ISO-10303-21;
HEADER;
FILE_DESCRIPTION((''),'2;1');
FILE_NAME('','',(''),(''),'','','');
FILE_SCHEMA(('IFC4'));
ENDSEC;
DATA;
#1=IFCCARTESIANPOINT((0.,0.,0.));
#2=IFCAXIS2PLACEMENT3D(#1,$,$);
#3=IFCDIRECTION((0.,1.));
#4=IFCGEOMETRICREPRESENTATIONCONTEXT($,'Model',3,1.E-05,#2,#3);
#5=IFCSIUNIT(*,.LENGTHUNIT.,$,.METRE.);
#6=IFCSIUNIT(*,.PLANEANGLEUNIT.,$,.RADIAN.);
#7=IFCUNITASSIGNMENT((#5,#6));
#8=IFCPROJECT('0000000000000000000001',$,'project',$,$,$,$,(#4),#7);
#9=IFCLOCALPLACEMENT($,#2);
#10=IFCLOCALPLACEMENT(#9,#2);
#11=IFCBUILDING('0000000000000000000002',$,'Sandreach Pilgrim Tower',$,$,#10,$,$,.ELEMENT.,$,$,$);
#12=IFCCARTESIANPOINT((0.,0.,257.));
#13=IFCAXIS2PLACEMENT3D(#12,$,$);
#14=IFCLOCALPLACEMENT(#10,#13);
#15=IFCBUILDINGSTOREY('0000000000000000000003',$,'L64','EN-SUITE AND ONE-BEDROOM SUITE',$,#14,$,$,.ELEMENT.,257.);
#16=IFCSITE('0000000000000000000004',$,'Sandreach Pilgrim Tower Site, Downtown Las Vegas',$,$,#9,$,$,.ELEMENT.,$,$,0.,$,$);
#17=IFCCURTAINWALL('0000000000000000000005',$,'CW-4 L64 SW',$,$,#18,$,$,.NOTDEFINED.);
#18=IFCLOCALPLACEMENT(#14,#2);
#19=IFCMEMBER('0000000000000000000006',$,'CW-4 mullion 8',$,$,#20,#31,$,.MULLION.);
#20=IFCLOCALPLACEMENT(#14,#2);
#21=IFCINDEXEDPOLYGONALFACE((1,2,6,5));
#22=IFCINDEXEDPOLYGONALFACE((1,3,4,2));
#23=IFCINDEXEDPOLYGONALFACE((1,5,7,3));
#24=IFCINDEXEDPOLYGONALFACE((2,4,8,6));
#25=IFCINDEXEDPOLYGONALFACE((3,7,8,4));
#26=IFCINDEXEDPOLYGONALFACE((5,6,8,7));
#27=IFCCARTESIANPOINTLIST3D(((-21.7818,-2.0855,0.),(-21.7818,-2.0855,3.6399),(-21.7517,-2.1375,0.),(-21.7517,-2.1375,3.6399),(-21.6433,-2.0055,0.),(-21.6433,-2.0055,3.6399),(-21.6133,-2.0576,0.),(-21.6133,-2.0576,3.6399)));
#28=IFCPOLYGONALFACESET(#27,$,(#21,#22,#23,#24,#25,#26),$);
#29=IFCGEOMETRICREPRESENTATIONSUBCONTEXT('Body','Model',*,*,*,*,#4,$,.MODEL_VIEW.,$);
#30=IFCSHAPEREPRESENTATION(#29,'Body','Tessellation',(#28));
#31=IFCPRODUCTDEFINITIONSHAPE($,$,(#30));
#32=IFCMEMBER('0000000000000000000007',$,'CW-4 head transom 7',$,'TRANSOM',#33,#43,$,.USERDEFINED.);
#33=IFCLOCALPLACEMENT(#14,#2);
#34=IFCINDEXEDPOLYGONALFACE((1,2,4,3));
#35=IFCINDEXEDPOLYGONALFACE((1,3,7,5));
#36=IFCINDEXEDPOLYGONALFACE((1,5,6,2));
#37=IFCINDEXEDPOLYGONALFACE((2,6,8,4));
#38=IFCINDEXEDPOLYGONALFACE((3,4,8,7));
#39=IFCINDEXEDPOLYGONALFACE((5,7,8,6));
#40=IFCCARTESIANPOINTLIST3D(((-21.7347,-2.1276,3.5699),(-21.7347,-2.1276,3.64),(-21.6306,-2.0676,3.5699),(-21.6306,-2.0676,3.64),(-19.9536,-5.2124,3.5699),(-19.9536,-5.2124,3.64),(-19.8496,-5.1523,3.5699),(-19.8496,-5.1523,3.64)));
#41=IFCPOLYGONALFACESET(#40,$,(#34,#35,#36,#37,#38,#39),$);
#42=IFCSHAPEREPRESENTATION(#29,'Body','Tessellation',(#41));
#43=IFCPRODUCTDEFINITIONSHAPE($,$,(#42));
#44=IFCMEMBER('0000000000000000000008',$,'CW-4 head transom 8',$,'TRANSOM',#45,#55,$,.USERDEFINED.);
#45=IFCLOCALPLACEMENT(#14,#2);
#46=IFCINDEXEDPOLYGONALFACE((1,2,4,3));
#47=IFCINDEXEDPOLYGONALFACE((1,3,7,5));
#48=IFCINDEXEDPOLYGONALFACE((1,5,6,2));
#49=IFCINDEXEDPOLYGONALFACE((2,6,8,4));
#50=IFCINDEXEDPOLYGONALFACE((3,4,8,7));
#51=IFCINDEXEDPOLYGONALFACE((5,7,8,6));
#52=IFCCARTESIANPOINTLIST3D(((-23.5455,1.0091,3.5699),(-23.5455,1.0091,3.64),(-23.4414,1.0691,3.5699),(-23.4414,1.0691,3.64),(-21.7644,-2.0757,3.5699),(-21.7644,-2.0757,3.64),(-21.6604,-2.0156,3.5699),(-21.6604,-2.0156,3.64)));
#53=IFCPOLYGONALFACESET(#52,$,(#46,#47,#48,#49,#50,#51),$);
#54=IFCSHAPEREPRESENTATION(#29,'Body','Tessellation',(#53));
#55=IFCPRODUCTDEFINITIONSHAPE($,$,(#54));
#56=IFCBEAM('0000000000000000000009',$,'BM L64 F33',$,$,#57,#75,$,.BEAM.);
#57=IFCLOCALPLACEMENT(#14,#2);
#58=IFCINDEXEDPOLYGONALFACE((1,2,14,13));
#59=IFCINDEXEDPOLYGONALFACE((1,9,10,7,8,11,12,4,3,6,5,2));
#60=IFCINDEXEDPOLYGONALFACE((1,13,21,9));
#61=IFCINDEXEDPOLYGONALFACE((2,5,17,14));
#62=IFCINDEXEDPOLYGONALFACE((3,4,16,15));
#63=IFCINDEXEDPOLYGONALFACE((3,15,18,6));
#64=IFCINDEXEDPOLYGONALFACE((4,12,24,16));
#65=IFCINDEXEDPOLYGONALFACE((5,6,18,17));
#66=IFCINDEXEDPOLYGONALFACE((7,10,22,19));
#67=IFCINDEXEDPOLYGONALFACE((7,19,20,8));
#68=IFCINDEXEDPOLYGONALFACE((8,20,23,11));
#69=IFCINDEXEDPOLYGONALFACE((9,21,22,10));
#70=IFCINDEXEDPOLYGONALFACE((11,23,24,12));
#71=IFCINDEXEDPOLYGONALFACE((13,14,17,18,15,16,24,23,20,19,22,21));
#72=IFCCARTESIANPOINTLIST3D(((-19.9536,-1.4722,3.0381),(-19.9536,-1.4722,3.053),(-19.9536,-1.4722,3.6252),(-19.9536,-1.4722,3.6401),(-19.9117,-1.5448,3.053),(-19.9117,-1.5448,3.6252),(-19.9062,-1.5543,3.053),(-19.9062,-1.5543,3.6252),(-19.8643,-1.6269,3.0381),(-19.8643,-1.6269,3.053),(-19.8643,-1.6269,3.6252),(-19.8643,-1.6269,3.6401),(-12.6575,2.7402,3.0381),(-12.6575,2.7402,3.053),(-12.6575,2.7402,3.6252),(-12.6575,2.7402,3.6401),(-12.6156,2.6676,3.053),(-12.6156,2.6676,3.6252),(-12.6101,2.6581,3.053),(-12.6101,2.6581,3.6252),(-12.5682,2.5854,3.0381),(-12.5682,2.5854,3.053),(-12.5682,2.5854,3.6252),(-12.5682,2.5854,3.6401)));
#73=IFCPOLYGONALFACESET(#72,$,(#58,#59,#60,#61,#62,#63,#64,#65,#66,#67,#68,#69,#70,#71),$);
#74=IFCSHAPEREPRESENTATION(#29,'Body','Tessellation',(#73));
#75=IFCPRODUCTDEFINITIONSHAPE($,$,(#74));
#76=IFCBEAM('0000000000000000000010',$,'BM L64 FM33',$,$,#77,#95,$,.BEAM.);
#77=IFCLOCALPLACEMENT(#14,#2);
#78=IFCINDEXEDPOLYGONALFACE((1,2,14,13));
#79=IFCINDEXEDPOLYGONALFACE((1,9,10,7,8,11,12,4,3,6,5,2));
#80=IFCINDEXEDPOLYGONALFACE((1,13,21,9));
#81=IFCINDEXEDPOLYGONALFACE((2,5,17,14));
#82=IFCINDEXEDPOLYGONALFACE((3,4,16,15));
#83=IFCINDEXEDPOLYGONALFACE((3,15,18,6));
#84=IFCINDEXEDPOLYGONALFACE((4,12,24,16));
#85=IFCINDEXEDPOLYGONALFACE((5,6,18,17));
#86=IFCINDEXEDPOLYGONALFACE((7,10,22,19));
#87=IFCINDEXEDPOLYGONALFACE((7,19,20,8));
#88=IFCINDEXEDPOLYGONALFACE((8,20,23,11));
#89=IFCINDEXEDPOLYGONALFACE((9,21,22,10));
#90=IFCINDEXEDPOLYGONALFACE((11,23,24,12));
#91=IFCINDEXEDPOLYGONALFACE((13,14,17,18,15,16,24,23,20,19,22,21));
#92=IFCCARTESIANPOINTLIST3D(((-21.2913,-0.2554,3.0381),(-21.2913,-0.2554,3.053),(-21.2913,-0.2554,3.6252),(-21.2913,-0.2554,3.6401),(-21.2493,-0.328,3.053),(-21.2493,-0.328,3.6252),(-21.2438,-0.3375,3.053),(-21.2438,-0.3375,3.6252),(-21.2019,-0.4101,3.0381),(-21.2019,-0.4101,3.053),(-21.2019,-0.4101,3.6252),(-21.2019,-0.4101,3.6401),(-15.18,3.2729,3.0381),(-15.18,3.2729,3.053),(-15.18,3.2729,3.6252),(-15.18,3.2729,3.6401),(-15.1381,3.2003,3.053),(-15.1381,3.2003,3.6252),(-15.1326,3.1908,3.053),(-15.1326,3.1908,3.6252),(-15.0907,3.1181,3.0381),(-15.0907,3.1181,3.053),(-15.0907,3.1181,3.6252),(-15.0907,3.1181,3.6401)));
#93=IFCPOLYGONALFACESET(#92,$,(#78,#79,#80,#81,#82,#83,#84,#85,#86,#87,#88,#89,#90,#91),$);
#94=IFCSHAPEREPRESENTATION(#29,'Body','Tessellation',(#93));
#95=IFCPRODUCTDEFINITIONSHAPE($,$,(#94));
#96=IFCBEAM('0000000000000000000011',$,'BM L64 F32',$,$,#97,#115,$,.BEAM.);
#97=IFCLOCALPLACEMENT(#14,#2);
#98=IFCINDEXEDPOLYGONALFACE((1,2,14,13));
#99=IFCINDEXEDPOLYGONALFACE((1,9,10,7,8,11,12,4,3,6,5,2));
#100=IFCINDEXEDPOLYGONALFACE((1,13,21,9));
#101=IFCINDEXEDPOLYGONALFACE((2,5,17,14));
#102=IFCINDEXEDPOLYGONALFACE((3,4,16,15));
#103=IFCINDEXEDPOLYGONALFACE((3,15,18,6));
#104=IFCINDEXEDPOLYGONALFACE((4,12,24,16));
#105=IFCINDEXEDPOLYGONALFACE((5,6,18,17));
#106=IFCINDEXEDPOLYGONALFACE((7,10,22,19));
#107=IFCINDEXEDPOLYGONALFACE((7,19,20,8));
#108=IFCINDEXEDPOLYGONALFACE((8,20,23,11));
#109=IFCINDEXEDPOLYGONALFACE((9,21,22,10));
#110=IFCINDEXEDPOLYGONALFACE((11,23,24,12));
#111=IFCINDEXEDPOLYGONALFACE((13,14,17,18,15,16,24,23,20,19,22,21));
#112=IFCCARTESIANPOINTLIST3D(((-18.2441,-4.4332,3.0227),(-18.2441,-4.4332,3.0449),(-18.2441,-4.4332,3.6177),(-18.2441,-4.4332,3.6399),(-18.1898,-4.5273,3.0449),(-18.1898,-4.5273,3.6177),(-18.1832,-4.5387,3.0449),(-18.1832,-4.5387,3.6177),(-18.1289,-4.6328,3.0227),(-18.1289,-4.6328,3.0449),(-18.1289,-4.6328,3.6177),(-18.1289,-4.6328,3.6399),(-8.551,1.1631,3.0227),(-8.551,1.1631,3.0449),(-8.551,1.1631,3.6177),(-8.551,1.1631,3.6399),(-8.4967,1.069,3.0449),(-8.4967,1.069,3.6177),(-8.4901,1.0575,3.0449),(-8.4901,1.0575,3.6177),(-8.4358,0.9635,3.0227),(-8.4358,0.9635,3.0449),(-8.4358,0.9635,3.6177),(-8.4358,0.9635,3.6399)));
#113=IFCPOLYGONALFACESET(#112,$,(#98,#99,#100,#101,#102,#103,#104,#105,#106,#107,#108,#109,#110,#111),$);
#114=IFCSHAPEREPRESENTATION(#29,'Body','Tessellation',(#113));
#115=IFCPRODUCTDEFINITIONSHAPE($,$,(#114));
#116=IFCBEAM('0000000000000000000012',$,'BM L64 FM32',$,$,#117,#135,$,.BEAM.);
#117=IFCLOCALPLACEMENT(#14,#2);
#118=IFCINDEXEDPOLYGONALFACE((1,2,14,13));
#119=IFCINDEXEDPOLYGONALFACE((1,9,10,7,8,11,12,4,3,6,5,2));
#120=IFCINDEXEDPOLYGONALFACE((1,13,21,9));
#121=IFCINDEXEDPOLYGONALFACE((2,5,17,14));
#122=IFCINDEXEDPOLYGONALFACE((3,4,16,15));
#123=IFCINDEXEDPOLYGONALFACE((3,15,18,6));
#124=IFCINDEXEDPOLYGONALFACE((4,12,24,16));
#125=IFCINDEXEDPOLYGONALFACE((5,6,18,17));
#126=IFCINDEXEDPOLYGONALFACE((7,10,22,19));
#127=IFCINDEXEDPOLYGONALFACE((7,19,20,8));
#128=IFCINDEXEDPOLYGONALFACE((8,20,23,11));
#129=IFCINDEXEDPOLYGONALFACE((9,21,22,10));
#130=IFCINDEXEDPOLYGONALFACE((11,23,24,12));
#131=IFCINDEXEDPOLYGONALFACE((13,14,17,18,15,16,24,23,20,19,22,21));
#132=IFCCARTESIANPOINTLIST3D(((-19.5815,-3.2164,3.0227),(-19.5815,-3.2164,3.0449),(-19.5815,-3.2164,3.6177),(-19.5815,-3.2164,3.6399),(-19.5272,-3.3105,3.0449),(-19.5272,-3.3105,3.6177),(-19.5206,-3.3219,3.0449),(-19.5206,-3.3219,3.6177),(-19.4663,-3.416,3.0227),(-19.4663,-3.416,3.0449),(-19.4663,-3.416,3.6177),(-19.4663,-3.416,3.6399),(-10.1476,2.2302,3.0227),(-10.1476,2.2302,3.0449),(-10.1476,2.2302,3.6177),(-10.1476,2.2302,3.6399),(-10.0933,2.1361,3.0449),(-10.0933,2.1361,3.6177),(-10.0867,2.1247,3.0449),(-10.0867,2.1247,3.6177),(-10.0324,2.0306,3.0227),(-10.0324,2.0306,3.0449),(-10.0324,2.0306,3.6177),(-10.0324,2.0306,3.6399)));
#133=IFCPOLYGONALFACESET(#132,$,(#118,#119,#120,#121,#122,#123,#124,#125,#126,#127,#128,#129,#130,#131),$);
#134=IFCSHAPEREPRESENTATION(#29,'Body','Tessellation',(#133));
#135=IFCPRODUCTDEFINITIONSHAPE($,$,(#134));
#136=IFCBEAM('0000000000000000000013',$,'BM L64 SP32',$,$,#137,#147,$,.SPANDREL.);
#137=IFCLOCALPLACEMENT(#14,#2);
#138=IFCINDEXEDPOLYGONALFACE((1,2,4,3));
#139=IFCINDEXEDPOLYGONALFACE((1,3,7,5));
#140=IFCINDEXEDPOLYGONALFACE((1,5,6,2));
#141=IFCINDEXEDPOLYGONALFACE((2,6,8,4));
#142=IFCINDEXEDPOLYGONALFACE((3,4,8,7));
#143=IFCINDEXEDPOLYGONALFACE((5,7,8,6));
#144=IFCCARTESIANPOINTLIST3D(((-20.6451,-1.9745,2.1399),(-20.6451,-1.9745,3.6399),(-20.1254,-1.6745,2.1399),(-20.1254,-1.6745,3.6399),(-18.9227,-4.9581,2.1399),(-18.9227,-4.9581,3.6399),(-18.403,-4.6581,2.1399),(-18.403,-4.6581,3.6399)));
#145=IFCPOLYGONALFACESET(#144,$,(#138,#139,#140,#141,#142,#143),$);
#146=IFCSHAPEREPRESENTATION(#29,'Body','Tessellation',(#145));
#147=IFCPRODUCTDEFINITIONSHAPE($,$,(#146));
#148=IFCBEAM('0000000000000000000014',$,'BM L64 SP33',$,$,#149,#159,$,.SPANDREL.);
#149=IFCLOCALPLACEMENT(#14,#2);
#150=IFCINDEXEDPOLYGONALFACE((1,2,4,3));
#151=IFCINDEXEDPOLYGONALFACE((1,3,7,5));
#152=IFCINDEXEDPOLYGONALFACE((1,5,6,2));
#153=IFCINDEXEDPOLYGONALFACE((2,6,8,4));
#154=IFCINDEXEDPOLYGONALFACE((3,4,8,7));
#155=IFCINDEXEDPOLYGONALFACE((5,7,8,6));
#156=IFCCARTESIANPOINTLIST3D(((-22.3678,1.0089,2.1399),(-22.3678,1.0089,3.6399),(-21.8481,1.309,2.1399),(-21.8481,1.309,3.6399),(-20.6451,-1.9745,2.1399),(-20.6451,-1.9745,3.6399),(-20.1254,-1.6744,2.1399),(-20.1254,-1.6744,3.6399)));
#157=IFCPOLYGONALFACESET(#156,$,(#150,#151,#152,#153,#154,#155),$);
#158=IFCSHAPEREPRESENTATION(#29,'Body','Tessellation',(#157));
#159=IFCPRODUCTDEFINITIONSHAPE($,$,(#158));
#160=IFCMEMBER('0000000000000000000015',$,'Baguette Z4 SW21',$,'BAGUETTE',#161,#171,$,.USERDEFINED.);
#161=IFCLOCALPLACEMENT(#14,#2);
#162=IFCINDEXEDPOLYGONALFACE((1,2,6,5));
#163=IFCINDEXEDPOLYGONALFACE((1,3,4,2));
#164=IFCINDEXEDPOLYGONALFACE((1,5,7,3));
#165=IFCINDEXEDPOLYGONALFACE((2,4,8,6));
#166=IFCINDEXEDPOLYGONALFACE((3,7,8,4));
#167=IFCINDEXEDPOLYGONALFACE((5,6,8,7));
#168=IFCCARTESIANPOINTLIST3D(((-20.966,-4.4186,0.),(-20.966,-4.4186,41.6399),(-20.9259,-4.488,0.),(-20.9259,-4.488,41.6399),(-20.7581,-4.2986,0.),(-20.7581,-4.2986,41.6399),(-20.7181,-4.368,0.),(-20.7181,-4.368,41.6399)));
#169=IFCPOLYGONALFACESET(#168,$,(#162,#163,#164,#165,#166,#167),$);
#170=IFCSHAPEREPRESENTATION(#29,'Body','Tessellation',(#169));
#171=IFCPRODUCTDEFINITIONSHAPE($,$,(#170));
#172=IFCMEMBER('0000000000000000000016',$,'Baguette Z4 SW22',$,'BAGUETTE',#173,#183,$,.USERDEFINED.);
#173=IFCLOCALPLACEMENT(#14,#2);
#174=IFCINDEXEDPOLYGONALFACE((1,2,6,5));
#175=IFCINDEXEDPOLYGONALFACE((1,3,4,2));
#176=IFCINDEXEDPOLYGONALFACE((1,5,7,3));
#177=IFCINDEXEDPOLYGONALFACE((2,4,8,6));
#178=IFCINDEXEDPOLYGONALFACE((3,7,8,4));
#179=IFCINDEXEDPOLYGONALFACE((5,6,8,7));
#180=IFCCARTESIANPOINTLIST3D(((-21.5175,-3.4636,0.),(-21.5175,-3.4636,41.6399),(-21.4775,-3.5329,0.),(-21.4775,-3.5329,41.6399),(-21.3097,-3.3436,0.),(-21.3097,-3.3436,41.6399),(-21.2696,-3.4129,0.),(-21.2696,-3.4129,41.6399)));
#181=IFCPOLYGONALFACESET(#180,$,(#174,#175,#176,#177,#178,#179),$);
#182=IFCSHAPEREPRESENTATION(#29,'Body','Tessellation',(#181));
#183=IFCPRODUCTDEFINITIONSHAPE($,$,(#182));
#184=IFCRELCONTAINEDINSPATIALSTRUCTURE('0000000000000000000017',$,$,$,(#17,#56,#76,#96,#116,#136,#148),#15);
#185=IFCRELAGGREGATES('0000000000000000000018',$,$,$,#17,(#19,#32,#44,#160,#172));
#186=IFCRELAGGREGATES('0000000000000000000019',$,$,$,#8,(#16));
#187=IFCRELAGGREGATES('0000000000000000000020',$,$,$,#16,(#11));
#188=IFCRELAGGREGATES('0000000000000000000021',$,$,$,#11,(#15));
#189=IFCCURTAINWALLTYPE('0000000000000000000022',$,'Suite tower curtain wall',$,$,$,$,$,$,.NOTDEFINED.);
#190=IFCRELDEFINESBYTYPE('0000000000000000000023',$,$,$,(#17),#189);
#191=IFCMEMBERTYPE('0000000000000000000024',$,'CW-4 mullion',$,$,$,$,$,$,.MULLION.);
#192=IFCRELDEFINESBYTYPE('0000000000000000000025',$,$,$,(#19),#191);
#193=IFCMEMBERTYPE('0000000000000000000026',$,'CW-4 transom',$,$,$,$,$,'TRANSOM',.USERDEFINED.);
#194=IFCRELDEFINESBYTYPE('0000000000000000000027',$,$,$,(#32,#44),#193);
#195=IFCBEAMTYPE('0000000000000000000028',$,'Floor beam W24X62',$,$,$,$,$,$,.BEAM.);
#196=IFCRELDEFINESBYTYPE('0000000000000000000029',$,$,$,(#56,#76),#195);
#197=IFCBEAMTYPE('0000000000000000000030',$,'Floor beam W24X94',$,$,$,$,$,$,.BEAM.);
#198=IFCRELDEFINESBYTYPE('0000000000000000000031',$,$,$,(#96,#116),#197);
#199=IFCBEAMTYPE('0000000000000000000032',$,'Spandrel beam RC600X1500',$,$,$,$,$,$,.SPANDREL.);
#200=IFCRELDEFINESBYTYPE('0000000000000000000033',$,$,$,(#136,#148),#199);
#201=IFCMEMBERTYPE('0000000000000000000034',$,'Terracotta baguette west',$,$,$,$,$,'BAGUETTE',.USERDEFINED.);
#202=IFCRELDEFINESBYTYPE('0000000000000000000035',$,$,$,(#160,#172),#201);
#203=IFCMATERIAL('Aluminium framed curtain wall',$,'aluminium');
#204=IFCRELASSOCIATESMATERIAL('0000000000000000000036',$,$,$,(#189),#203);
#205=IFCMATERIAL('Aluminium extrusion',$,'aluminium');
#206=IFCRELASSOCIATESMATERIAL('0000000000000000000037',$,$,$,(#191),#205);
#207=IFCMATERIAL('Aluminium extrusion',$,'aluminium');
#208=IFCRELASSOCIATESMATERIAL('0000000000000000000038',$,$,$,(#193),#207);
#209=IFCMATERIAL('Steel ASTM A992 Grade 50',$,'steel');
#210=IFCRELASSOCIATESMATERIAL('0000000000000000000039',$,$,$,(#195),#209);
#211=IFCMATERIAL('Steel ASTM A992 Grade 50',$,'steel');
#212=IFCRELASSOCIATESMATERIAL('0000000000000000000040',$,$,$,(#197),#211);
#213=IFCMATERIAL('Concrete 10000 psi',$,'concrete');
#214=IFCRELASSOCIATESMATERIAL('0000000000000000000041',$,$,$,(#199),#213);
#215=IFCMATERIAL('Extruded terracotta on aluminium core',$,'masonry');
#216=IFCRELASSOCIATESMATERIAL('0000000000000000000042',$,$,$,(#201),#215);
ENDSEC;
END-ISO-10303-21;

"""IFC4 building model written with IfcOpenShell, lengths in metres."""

from ifc_helpers import new_model, si_unit, direction, frame, origin, origin_2d, place, context, subcontext, project, spatial, rectangle, i_section, extrude, material, material_profile, profile_set, type_object, element, aggregate, save


model = new_model("IFC4")

# Units and contexts
model_context = context("Model", 3, precision=1e-05, world=origin(), true_north=direction((0.0, 1.0)))
body_context = subcontext(model_context, "Body", "Model", "MODEL_VIEW")
ifc_project = project(units=[si_unit("LENGTHUNIT", "METRE"), si_unit("PLANEANGLEUNIT", "RADIAN")], contexts=[model_context])

# Site, building, storey
site_placement = place(None, origin())
site = spatial("IfcSite", under=ifc_project, at=site_placement, Name="Sandreach Pilgrim Tower Site, Downtown Las Vegas", CompositionType="ELEMENT", RefElevation=0.0)
building_placement = place(site_placement, origin())
building = spatial("IfcBuilding", under=site, at=building_placement, Name="Sandreach Pilgrim Tower", CompositionType="ELEMENT")
storey_placement = place(building_placement, frame((0.0, 0.0, 257.0)))
storey = spatial("IfcBuildingStorey", under=building, at=storey_placement, Name="L64", Description="EN-SUITE AND ONE-BEDROOM SUITE", CompositionType="ELEMENT", Elevation=257.0)

# Curtain wall, members
ifc_material_1 = material(Name="Aluminium framed curtain wall", Category="aluminium")
curtain_wall_type = type_object("IfcCurtainWallType", Name="Suite tower curtain wall", PredefinedType="NOTDEFINED", material=ifc_material_1)
curtain_wall_placement = place(storey_placement, origin())
curtain_wall = element("IfcCurtainWall", 1, at=curtain_wall_placement, inside=storey, type_object=curtain_wall_type, Name="CW-4 L64 SW", PredefinedType="NOTDEFINED")
ifc_material_2 = material(Name="Aluminium extrusion", Category="aluminium")
ifc_material_profile_1 = material_profile(ifc_material_2, rectangle(XDim=0.0601, YDim=0.1599, at=origin_2d()), Name="CW-4M 60X160")
ifc_profile_set_1 = profile_set([ifc_material_profile_1], Name="Aluminium extrusion")
member_type_1 = type_object("IfcMemberType", Name="CW-4 mullion", PredefinedType="MULLION", material=ifc_profile_set_1)
member_1_placement = place(storey_placement, frame((-21.6975, -2.0715, 0.0), z_axis=(0.0, 0.0, 1.0), x_axis=(-0.5, 0.866025, 0.0)))
member_1 = element("IfcMember", 2, at=member_1_placement, type_object=member_type_1, Name="CW-4 mullion 8", PredefinedType="MULLION", context=body_context, shape_type="SweptSolid", body=[
    extrude(rectangle(XDim=0.0601, YDim=0.1599, at=origin_2d()), origin(), (0.0, 0.0, 1.0), 3.6399),
])
ifc_material_3 = material(Name="Aluminium extrusion", Category="aluminium")
ifc_material_profile_2 = material_profile(ifc_material_3, rectangle(XDim=0.1201, YDim=0.0701, at=origin_2d()), Name="CW-4T 120X70")
ifc_profile_set_2 = profile_set([ifc_material_profile_2], Name="Aluminium extrusion")
member_type_2 = type_object("IfcMemberType", Name="CW-4 transom", ElementType="TRANSOM", PredefinedType="USERDEFINED", material=ifc_profile_set_2)
member_2_placement = place(storey_placement, frame((-19.9016, -5.1824, 3.605), z_axis=(-0.500009, 0.86602, 0.0), x_axis=(-0.86602, -0.500009, 0.0)))
member_2 = element("IfcMember", 3, at=member_2_placement, type_object=member_type_2, Name="CW-4 head transom 7", ObjectType="TRANSOM", PredefinedType="USERDEFINED", context=body_context, shape_type="SweptSolid", body=[
    extrude(rectangle(XDim=0.1201, YDim=0.0701, at=origin_2d()), origin(), (0.0, 0.0, 1.0), 3.562),
])
member_3_placement = place(storey_placement, frame((-21.7124, -2.0457, 3.605), z_axis=(-0.500009, 0.86602, 0.0), x_axis=(-0.86602, -0.500009, 0.0)))
member_3 = element("IfcMember", 4, at=member_3_placement, type_object=member_type_2, Name="CW-4 head transom 8", ObjectType="TRANSOM", PredefinedType="USERDEFINED", context=body_context, shape_type="SweptSolid", body=[
    extrude(rectangle(XDim=0.1201, YDim=0.0701, at=origin_2d()), origin(), (0.0, 0.0, 1.0), 3.562),
])

# Beams
ifc_material_4 = material(Name="Steel ASTM A992 Grade 50", Category="steel")
ifc_material_profile_3 = material_profile(ifc_material_4, i_section(OverallWidth=0.1787, OverallDepth=0.6021, WebThickness=0.011, FlangeThickness=0.0149, at=origin_2d()), Name="W24X62")
ifc_profile_set_3 = profile_set([ifc_material_profile_3], Name="Steel ASTM A992 Grade 50")
beam_type_1 = type_object("IfcBeamType", Name="Floor beam W24X62", PredefinedType="BEAM", material=ifc_profile_set_3)
beam_1_placement = place(storey_placement, frame((-19.9089, -1.5496, 3.3391), z_axis=(0.866027, 0.499998, 0.0), x_axis=(-0.499998, 0.866027, 0.0)))
element("IfcBeam", 5, at=beam_1_placement, inside=storey, type_object=beam_type_1, Name="BM L64 F33", PredefinedType="BEAM", context=body_context, shape_type="SweptSolid", body=[
    extrude(i_section(OverallWidth=0.1787, OverallDepth=0.6021, WebThickness=0.011, FlangeThickness=0.0149, at=origin_2d()), origin(), (0.0, 0.0, 1.0), 8.4248),
])
beam_2_placement = place(storey_placement, frame((-21.2466, -0.3328, 3.3391), z_axis=(0.866029, 0.499994, 0.0), x_axis=(-0.499994, 0.866029, 0.0)))
element("IfcBeam", 6, at=beam_2_placement, inside=storey, type_object=beam_type_1, Name="BM L64 FM33", PredefinedType="BEAM", context=body_context, shape_type="SweptSolid", body=[
    extrude(i_section(OverallWidth=0.1787, OverallDepth=0.6021, WebThickness=0.011, FlangeThickness=0.0149, at=origin_2d()), origin(), (0.0, 0.0, 1.0), 7.0566),
])
ifc_material_5 = material(Name="Steel ASTM A992 Grade 50", Category="steel")
ifc_material_profile_4 = material_profile(ifc_material_5, i_section(OverallWidth=0.2305, OverallDepth=0.6172, WebThickness=0.0132, FlangeThickness=0.0222, at=origin_2d()), Name="W24X94")
ifc_profile_set_4 = profile_set([ifc_material_profile_4], Name="Steel ASTM A992 Grade 50")
beam_type_2 = type_object("IfcBeamType", Name="Floor beam W24X94", PredefinedType="BEAM", material=ifc_profile_set_4)
beam_3_placement = place(storey_placement, frame((-18.1865, -4.533, 3.3313), z_axis=(0.86603, 0.499991, 0.0), x_axis=(-0.499991, 0.86603, 0.0)))
element("IfcBeam", 7, at=beam_3_placement, inside=storey, type_object=beam_type_2, Name="BM L64 F32", PredefinedType="BEAM", context=body_context, shape_type="SweptSolid", body=[
    extrude(i_section(OverallWidth=0.2305, OverallDepth=0.6172, WebThickness=0.0132, FlangeThickness=0.0222, at=origin_2d()), origin(), (0.0, 0.0, 1.0), 11.1926),
])
beam_4_placement = place(storey_placement, frame((-19.5239, -3.3162, 3.3313), z_axis=(0.866029, 0.499993, 0.0), x_axis=(-0.499993, 0.866029, 0.0)))
element("IfcBeam", 8, at=beam_4_placement, inside=storey, type_object=beam_type_2, Name="BM L64 FM32", PredefinedType="BEAM", context=body_context, shape_type="SweptSolid", body=[
    extrude(i_section(OverallWidth=0.2305, OverallDepth=0.6172, WebThickness=0.0132, FlangeThickness=0.0222, at=origin_2d()), origin(), (0.0, 0.0, 1.0), 10.8933),
])
ifc_material_6 = material(Name="Concrete 10000 psi", Category="concrete")
ifc_material_profile_5 = material_profile(ifc_material_6, rectangle(XDim=0.6001, YDim=1.5, at=origin_2d()), Name="RC600X1500")
ifc_profile_set_5 = profile_set([ifc_material_profile_5], Name="Concrete 10000 psi")
beam_type_3 = type_object("IfcBeamType", Name="Spandrel beam RC600X1500", PredefinedType="SPANDREL", material=ifc_profile_set_5)
for number, where, z_axis, x_axis, name in (
    (9, (-18.6628, -4.8081, 2.8899), (-0.499958, 0.86605, 0.0), (-0.86605, -0.499958, 0.0), "BM L64 SP32"),
    (10, (-20.3853, -1.8245, 2.8899), (-0.500041, 0.866001, 0.0), (-0.866001, -0.500041, 0.0), "BM L64 SP33"),
):
    element("IfcBeam", number, at=place(storey_placement, frame(where, z_axis=z_axis, x_axis=x_axis)), inside=storey, type_object=beam_type_3, Name=name, PredefinedType="SPANDREL", context=body_context, shape_type="SweptSolid", body=[
        extrude(rectangle(XDim=0.6001, YDim=1.5, at=origin_2d()), origin(), (0.0, 0.0, 1.0), 3.4451),
    ])

# Members
ifc_material_7 = material(Name="Extruded terracotta on aluminium core", Category="masonry")
ifc_material_profile_6 = material_profile(ifc_material_7, rectangle(XDim=0.0801, YDim=0.24, at=origin_2d()), Name="TBW 80X240")
ifc_profile_set_6 = profile_set([ifc_material_profile_6], Name="Extruded terracotta on aluminium core")
member_type_3 = type_object("IfcMemberType", Name="Terracotta baguette west", ElementType="BAGUETTE", PredefinedType="USERDEFINED", material=ifc_profile_set_6)
member_4_placement = place(storey_placement, frame((-20.842, -4.3933, 0.0), z_axis=(0.0, 0.0, 1.0), x_axis=(-0.5, 0.866025, 0.0)))
member_4 = element("IfcMember", 11, at=member_4_placement, type_object=member_type_3, Name="Baguette Z4 SW21", ObjectType="BAGUETTE", PredefinedType="USERDEFINED", context=body_context, shape_type="SweptSolid", body=[
    extrude(rectangle(XDim=0.0801, YDim=0.24, at=origin_2d()), origin(), (0.0, 0.0, 1.0), 41.6399),
])
member_5_placement = place(storey_placement, frame((-21.3936, -3.4382, 0.0), z_axis=(0.0, 0.0, 1.0), x_axis=(-0.5, 0.866025, 0.0)))
member_5 = element("IfcMember", 12, at=member_5_placement, type_object=member_type_3, Name="Baguette Z4 SW22", ObjectType="BAGUETTE", PredefinedType="USERDEFINED", context=body_context, shape_type="SweptSolid", body=[
    extrude(rectangle(XDim=0.0801, YDim=0.24, at=origin_2d()), origin(), (0.0, 0.0, 1.0), 41.6399),
])

aggregate(curtain_wall, [member_1, member_2, member_3, member_4, member_5])

save(model, "model.ifc")
